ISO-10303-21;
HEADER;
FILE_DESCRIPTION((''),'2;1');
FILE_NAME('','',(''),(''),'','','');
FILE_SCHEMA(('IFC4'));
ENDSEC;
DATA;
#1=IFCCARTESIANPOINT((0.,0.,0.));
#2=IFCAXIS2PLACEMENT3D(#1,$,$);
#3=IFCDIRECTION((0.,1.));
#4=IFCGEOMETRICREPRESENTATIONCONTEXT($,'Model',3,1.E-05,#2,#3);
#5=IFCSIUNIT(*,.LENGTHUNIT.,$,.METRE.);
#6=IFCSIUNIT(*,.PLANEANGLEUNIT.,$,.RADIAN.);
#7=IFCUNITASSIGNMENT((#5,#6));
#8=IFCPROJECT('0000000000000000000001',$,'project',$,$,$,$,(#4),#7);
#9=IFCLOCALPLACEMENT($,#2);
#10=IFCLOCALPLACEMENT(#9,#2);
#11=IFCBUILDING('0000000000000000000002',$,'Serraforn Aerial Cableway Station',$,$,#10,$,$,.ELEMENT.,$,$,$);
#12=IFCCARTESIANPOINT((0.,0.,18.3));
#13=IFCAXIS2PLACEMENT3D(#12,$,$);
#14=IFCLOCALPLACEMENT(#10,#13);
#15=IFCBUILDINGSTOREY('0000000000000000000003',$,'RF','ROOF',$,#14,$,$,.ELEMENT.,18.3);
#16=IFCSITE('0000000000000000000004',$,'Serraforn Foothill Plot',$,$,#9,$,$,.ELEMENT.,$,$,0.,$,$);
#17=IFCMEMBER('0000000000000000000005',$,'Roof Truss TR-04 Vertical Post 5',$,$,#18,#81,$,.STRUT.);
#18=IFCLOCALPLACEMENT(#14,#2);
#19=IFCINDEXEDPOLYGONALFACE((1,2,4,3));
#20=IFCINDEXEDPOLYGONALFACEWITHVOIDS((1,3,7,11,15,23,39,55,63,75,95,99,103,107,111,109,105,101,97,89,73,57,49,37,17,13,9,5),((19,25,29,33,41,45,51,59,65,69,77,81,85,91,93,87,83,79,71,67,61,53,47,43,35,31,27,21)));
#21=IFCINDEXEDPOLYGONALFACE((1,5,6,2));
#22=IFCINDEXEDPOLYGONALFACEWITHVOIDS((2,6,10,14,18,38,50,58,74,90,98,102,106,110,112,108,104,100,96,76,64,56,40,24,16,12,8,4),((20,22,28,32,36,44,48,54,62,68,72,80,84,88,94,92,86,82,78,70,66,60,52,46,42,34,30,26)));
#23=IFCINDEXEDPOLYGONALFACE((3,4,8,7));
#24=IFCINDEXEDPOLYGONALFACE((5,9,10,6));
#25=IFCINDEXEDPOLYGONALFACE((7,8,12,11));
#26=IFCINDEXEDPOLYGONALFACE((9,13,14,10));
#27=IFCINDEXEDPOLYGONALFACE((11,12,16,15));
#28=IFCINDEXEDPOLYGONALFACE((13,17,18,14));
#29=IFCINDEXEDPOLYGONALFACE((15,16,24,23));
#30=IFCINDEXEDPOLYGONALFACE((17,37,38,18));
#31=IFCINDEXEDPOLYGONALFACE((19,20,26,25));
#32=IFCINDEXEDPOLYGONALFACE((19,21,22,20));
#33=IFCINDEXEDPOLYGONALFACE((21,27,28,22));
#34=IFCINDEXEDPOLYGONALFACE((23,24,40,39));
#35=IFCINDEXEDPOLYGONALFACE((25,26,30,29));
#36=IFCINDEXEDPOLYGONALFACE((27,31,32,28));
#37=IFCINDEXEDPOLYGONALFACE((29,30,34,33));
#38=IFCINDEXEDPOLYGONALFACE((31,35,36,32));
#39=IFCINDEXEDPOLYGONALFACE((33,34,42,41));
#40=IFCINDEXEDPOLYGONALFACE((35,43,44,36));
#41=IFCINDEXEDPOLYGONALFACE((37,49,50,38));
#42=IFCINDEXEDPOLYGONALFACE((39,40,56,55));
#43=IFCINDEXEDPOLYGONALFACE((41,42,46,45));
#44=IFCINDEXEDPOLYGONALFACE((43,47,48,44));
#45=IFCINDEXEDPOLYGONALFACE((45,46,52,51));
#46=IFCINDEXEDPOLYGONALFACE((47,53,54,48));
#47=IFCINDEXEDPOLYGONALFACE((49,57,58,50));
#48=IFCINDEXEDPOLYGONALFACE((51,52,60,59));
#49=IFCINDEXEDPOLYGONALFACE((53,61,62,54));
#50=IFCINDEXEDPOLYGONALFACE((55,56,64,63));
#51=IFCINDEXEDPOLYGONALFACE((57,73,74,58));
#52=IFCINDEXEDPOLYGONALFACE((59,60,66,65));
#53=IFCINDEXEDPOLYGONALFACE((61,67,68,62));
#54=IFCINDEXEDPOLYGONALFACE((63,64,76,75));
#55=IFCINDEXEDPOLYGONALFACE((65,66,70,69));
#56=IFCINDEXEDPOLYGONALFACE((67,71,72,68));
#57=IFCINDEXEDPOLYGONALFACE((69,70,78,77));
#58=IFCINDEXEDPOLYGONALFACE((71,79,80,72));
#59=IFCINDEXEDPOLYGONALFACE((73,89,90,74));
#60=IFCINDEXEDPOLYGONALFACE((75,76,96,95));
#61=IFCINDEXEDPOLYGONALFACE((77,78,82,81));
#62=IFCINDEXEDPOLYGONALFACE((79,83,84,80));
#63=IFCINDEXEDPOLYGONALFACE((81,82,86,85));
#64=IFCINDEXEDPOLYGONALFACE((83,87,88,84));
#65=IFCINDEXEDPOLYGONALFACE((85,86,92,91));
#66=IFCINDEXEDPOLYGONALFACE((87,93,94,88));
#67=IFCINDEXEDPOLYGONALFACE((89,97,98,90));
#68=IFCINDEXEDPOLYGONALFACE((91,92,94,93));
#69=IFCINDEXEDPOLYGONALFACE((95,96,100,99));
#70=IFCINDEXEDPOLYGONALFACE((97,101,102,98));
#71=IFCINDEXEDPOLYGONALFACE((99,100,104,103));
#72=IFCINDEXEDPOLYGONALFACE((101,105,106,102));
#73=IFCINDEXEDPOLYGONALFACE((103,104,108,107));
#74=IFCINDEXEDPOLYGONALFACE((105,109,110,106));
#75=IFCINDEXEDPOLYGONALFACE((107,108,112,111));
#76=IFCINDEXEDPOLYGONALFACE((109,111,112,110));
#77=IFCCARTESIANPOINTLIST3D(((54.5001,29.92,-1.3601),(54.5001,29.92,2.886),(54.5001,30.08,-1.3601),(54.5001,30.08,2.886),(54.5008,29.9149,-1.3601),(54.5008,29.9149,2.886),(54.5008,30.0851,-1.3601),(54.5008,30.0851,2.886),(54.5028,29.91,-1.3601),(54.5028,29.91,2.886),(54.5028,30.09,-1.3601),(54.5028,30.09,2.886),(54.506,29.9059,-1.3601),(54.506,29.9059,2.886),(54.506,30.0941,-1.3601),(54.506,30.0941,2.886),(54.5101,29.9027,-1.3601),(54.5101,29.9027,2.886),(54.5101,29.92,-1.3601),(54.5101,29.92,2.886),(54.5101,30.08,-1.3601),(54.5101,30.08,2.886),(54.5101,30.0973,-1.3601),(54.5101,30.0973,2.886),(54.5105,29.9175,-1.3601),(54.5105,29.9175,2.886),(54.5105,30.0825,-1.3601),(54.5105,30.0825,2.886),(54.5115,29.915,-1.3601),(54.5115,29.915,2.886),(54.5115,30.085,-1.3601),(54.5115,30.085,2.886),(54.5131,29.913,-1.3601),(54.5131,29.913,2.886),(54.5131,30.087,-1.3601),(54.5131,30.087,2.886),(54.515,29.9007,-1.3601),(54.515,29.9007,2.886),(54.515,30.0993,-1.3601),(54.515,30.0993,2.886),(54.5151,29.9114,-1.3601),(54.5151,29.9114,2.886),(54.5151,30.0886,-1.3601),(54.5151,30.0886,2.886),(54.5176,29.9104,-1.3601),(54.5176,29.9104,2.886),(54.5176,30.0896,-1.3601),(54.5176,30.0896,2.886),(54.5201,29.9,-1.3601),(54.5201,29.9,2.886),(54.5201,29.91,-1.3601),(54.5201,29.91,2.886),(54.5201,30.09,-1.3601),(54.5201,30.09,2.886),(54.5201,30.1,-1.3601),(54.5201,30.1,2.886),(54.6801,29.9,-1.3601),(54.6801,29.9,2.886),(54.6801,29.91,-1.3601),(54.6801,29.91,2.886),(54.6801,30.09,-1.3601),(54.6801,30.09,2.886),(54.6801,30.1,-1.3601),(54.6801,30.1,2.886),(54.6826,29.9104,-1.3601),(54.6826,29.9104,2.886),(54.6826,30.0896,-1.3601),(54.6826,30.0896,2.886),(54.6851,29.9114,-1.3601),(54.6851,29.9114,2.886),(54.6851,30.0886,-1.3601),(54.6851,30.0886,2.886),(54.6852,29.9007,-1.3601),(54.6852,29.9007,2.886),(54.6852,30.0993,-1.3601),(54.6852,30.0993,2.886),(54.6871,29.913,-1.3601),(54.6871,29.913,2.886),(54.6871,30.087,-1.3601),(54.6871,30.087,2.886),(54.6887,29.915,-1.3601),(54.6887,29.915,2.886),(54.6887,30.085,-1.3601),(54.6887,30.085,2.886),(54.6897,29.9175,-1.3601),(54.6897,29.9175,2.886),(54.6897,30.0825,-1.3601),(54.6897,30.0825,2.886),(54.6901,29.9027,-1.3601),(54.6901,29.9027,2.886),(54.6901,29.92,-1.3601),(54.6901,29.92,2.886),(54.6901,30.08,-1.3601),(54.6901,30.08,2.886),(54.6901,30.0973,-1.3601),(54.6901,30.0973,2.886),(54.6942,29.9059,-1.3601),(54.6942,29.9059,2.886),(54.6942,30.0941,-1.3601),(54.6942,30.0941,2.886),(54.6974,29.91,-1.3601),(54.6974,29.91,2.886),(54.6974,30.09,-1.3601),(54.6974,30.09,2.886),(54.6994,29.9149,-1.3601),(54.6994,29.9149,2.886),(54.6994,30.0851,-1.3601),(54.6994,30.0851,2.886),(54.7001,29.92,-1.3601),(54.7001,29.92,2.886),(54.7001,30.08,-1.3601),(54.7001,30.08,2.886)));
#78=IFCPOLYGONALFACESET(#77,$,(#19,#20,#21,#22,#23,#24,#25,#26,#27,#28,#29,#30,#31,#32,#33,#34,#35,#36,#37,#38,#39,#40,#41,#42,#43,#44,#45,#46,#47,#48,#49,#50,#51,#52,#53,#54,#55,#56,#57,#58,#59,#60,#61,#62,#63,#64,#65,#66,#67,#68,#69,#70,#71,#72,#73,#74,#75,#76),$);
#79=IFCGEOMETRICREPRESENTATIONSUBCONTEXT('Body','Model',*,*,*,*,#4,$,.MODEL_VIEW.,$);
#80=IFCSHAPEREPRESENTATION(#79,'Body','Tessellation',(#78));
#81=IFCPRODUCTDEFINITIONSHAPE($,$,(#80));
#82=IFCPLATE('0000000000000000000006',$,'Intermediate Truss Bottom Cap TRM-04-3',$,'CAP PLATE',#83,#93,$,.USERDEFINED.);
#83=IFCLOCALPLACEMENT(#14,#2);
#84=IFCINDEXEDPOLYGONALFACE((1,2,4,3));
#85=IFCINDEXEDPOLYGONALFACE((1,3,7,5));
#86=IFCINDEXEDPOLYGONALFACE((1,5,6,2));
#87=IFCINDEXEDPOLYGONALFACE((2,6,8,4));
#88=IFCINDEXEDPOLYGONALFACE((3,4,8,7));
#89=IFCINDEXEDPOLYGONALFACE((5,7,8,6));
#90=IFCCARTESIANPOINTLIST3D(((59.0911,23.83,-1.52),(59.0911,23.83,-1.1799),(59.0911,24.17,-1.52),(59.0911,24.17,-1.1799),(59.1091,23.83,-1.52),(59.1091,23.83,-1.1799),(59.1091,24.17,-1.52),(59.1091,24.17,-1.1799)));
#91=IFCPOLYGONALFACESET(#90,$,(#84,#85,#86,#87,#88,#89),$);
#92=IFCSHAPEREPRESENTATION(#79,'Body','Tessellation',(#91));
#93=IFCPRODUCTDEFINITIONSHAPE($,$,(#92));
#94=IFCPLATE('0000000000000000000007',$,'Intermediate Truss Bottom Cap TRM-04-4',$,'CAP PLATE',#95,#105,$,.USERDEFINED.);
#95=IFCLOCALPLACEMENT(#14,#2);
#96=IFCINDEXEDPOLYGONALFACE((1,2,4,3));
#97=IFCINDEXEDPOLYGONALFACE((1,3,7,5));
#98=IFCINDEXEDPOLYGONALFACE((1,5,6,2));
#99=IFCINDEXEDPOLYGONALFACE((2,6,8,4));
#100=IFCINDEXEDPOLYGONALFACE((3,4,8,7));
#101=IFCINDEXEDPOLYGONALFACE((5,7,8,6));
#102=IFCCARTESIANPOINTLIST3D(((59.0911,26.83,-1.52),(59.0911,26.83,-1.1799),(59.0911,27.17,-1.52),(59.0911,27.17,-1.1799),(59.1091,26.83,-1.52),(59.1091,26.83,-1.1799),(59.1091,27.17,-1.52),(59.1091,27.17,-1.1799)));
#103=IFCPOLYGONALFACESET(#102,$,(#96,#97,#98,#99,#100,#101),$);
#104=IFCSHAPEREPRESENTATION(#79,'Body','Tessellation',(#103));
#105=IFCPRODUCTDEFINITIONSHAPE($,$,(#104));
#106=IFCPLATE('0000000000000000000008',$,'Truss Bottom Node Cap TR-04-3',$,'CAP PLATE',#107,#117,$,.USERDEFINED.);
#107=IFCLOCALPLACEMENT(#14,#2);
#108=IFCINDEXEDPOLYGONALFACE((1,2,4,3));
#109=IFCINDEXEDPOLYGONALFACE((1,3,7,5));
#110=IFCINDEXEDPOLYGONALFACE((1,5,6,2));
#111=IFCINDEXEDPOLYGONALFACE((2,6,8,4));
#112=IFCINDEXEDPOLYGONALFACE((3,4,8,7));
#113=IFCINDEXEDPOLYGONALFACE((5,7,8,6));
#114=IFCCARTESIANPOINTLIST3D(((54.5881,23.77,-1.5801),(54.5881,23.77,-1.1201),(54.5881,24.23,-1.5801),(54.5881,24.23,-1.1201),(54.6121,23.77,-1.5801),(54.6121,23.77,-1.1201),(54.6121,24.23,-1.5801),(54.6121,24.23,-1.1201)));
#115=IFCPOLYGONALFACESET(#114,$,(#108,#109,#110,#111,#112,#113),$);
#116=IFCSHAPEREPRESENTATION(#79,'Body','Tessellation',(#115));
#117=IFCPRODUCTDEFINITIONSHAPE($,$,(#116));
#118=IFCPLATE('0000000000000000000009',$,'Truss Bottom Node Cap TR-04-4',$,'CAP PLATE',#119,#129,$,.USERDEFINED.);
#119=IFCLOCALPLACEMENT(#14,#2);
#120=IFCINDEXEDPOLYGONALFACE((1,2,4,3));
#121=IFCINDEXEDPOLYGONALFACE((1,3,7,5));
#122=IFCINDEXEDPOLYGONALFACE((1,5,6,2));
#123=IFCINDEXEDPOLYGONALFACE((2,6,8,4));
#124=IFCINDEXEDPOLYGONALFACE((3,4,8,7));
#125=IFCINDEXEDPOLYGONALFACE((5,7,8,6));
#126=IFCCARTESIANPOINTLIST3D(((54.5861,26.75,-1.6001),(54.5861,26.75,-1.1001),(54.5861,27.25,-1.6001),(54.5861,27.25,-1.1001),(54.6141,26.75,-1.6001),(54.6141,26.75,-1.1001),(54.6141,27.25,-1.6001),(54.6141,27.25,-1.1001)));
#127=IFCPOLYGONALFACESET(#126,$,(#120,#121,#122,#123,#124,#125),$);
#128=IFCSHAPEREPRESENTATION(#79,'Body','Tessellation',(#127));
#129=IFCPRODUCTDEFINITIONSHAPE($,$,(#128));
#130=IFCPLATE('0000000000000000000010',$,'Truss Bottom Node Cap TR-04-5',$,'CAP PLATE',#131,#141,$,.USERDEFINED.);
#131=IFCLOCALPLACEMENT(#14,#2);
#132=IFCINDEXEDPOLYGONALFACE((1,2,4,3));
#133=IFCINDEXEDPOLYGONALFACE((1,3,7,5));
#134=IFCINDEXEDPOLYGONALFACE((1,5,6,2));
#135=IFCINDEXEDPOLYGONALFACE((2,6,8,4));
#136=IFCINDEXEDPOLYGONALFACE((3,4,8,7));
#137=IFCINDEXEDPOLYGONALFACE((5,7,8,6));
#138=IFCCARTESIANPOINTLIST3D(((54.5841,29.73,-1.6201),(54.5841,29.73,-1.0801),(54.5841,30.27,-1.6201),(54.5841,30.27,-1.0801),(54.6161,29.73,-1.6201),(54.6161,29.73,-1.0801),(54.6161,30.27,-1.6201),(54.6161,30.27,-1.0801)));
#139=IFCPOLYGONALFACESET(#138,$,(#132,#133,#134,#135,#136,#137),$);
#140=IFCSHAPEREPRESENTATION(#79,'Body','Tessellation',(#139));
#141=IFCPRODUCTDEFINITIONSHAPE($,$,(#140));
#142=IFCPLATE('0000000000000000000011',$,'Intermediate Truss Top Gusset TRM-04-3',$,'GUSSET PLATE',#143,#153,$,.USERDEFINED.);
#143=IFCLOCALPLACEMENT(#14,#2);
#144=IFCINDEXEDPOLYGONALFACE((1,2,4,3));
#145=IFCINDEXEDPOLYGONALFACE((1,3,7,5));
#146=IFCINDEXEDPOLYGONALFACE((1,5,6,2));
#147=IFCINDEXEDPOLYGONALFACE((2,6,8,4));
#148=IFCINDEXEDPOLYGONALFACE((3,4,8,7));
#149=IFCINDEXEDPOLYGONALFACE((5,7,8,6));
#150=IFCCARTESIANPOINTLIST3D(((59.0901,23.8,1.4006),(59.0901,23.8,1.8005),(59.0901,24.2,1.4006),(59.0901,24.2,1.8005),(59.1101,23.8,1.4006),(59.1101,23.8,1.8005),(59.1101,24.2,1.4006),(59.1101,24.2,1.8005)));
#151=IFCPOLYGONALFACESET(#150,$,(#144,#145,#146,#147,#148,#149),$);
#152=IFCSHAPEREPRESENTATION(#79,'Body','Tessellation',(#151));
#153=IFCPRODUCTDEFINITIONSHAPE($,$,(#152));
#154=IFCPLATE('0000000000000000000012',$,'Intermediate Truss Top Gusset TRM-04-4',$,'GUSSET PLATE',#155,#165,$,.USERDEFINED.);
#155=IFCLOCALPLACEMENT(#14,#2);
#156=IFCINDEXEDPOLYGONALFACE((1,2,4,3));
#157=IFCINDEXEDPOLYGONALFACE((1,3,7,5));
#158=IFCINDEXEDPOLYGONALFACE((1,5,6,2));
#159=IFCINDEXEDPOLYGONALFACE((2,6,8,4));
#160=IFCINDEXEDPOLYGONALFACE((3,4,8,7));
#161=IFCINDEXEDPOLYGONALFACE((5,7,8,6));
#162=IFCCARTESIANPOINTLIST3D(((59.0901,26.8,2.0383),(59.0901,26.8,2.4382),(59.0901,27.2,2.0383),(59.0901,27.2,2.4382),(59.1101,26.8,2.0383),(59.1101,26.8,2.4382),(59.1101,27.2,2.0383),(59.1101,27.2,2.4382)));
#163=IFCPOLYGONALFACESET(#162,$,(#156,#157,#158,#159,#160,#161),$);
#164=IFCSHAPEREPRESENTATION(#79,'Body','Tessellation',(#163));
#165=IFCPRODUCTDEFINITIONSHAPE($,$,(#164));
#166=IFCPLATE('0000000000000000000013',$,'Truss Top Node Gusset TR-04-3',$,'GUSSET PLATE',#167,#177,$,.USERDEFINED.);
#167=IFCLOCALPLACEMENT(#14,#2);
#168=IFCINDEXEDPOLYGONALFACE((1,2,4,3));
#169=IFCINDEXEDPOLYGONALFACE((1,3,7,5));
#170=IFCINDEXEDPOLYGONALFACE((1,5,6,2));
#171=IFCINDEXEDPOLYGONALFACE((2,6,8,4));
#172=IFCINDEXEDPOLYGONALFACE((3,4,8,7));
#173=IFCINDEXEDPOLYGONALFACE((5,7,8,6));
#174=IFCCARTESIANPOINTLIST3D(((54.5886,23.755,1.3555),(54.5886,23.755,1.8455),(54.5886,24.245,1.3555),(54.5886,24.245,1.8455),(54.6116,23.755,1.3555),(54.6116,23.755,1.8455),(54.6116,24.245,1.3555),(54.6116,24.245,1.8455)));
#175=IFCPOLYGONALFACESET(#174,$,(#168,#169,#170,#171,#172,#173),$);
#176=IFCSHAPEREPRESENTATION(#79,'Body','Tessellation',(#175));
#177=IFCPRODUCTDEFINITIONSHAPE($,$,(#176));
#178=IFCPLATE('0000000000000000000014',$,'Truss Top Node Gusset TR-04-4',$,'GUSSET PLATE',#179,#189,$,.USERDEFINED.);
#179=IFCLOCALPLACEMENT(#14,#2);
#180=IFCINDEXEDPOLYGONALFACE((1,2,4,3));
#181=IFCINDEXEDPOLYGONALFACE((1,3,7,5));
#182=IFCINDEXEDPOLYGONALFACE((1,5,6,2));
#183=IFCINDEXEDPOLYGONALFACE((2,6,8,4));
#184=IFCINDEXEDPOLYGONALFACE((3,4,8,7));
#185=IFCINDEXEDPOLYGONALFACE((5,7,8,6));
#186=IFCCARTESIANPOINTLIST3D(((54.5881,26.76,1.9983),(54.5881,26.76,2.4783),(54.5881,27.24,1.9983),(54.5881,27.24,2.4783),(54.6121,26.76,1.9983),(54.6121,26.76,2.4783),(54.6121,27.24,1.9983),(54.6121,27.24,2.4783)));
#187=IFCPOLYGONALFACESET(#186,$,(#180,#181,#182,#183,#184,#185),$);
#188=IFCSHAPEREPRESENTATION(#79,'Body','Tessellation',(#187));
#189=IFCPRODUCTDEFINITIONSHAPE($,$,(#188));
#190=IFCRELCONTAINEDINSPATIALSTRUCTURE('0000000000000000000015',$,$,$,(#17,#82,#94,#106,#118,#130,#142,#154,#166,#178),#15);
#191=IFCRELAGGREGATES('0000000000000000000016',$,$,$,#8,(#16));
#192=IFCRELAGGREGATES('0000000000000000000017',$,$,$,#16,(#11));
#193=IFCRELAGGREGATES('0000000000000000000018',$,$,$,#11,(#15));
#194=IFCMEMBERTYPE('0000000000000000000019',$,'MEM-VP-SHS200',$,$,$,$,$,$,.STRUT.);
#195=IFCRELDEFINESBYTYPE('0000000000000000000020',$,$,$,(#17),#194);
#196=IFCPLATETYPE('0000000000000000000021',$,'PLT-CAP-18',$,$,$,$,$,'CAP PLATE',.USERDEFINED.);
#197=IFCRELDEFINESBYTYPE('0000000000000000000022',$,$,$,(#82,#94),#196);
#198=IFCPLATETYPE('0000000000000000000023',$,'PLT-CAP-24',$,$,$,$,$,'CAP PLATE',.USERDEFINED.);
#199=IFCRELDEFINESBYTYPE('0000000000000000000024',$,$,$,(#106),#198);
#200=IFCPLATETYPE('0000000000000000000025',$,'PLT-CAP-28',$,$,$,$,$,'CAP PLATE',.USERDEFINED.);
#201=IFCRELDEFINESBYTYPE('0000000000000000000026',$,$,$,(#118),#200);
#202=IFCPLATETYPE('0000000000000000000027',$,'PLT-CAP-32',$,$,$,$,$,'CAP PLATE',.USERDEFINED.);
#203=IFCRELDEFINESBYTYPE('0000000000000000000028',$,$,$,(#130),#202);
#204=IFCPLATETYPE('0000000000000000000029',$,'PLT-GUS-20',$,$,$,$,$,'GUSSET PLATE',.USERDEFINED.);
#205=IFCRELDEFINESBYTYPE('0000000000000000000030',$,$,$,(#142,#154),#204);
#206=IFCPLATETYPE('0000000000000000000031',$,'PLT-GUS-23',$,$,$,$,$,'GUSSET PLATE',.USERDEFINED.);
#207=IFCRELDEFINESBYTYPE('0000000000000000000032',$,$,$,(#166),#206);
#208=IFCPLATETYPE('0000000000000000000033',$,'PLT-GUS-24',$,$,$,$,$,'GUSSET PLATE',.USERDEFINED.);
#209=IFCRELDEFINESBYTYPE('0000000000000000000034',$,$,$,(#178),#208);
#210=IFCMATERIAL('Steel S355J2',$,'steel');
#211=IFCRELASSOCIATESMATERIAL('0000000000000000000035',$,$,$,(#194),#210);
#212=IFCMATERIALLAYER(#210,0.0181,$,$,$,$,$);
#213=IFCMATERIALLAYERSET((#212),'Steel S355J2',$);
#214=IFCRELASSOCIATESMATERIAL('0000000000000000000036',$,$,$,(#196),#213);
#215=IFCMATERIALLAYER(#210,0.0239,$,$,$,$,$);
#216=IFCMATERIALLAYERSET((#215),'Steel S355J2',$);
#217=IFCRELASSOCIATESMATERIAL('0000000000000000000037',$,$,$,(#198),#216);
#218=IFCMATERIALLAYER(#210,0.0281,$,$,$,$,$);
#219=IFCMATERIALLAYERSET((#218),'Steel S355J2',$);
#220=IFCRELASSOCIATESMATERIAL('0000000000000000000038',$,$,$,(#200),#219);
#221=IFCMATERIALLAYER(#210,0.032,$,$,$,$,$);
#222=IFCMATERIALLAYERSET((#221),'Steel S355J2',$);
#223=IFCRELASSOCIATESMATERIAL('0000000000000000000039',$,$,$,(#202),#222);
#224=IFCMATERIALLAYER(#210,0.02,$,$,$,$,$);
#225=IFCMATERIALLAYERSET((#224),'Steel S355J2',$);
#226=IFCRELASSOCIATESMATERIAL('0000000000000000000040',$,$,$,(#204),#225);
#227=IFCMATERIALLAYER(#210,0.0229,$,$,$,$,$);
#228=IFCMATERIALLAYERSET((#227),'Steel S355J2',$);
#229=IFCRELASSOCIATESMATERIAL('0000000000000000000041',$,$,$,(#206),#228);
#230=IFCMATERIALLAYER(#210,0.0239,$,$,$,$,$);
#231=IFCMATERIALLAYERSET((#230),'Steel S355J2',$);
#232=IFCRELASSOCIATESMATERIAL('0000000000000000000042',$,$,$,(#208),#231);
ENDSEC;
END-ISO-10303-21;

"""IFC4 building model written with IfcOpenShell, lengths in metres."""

from ifc_helpers import new_model, si_unit, direction, frame, origin, origin_2d, place, context, subcontext, project, spatial, rectangle, hollow_rectangle, extrude, material, layer, layer_set, material_profile, profile_set, type_object, element, save


model = new_model("IFC4")

# Units and contexts
model_context = context("Model", 3, precision=1e-05, world=origin(), true_north=direction((0.0, 1.0)))
body_context = subcontext(model_context, "Body", "Model", "MODEL_VIEW")
ifc_project = project(units=[si_unit("LENGTHUNIT", "METRE"), si_unit("PLANEANGLEUNIT", "RADIAN")], contexts=[model_context])

# Site, building, storey
site_placement = place(None, origin())
site = spatial("IfcSite", under=ifc_project, at=site_placement, Name="Serraforn Foothill Plot", CompositionType="ELEMENT", RefElevation=0.0)
building_placement = place(site_placement, origin())
building = spatial("IfcBuilding", under=site, at=building_placement, Name="Serraforn Aerial Cableway Station", CompositionType="ELEMENT")
storey_placement = place(building_placement, frame((0.0, 0.0, 18.3)))
storey = spatial("IfcBuildingStorey", under=building, at=storey_placement, Name="RF", Description="ROOF", CompositionType="ELEMENT", Elevation=18.3)

# Member
ifc_material_1 = material(Name="Steel S355J2", Category="steel")
ifc_material_profile_1 = material_profile(ifc_material_1, hollow_rectangle(XDim=0.2, YDim=0.2, WallThickness=0.01, InnerFilletRadius=0.01, OuterFilletRadius=0.02, at=origin_2d()), Name="SHS 200x200x10.0")
ifc_profile_set_1 = profile_set([ifc_material_profile_1], Name="Steel S355J2")
member_type_1 = type_object("IfcMemberType", Name="MEM-VP-SHS200", PredefinedType="STRUT", material=ifc_profile_set_1)
member_1_placement = place(storey_placement, frame((54.6001, 30.0, -1.3601), z_axis=(0.0, 0.0, 1.0), x_axis=(1.0, 0.0, 0.0)))
element("IfcMember", 1, at=member_1_placement, inside=storey, type_object=member_type_1, Name="Roof Truss TR-04 Vertical Post 5", PredefinedType="STRUT", context=body_context, shape_type="SweptSolid", body=[
    extrude(hollow_rectangle(XDim=0.2, YDim=0.2, WallThickness=0.01, InnerFilletRadius=0.01, OuterFilletRadius=0.02, at=origin_2d()), origin(), (0.0, 0.0, 1.0), 4.2461),
])

# Plates
ifc_layer_1 = layer(ifc_material_1, 0.0181)
ifc_layer_set_1 = layer_set([ifc_layer_1], Name="Steel S355J2")
plate_type_1 = type_object("IfcPlateType", Name="PLT-CAP-18", ElementType="CAP PLATE", PredefinedType="USERDEFINED", material=ifc_layer_set_1)
for number, where, z_axis, x_axis, name in (
    (2, (59.1001, 24.0, -1.52), (0.0, 0.0, 1.0), (1.0, 0.0, 0.0), "Intermediate Truss Bottom Cap TRM-04-3"),
    (3, (59.1001, 27.0, -1.52), (0.0, 0.0, 1.0), (1.0, 0.0, 0.0), "Intermediate Truss Bottom Cap TRM-04-4"),
):
    element("IfcPlate", number, at=place(storey_placement, frame(where, z_axis=z_axis, x_axis=x_axis)), inside=storey, type_object=plate_type_1, Name=name, ObjectType="CAP PLATE", PredefinedType="USERDEFINED", context=body_context, shape_type="SweptSolid", body=[
        extrude(rectangle(XDim=0.0181, YDim=0.3401, at=origin_2d()), origin(), (0.0, 0.0, 1.0), 0.3401),
    ])
ifc_layer_2 = layer(ifc_material_1, 0.0239)
ifc_layer_set_2 = layer_set([ifc_layer_2], Name="Steel S355J2")
plate_type_2 = type_object("IfcPlateType", Name="PLT-CAP-24", ElementType="CAP PLATE", PredefinedType="USERDEFINED", material=ifc_layer_set_2)
plate_1_placement = place(storey_placement, frame((54.6001, 24.0, -1.5801), z_axis=(0.0, 0.0, 1.0), x_axis=(1.0, 0.0, 0.0)))
element("IfcPlate", 4, at=plate_1_placement, inside=storey, type_object=plate_type_2, Name="Truss Bottom Node Cap TR-04-3", ObjectType="CAP PLATE", PredefinedType="USERDEFINED", context=body_context, shape_type="SweptSolid", body=[
    extrude(rectangle(XDim=0.0239, YDim=0.46, at=origin_2d()), origin(), (0.0, 0.0, 1.0), 0.46),
])
ifc_layer_3 = layer(ifc_material_1, 0.0281)
ifc_layer_set_3 = layer_set([ifc_layer_3], Name="Steel S355J2")
plate_type_3 = type_object("IfcPlateType", Name="PLT-CAP-28", ElementType="CAP PLATE", PredefinedType="USERDEFINED", material=ifc_layer_set_3)
plate_2_placement = place(storey_placement, frame((54.6001, 27.0, -1.6001), z_axis=(0.0, 0.0, 1.0), x_axis=(1.0, 0.0, 0.0)))
element("IfcPlate", 5, at=plate_2_placement, inside=storey, type_object=plate_type_3, Name="Truss Bottom Node Cap TR-04-4", ObjectType="CAP PLATE", PredefinedType="USERDEFINED", context=body_context, shape_type="SweptSolid", body=[
    extrude(rectangle(XDim=0.0281, YDim=0.5, at=origin_2d()), origin(), (0.0, 0.0, 1.0), 0.5),
])
ifc_layer_4 = layer(ifc_material_1, 0.032)
ifc_layer_set_4 = layer_set([ifc_layer_4], Name="Steel S355J2")
plate_type_4 = type_object("IfcPlateType", Name="PLT-CAP-32", ElementType="CAP PLATE", PredefinedType="USERDEFINED", material=ifc_layer_set_4)
plate_3_placement = place(storey_placement, frame((54.6001, 30.0, -1.6201), z_axis=(0.0, 0.0, 1.0), x_axis=(1.0, 0.0, 0.0)))
element("IfcPlate", 6, at=plate_3_placement, inside=storey, type_object=plate_type_4, Name="Truss Bottom Node Cap TR-04-5", ObjectType="CAP PLATE", PredefinedType="USERDEFINED", context=body_context, shape_type="SweptSolid", body=[
    extrude(rectangle(XDim=0.032, YDim=0.54, at=origin_2d()), origin(), (0.0, 0.0, 1.0), 0.54),
])
ifc_layer_5 = layer(ifc_material_1, 0.02)
ifc_layer_set_5 = layer_set([ifc_layer_5], Name="Steel S355J2")
plate_type_5 = type_object("IfcPlateType", Name="PLT-GUS-20", ElementType="GUSSET PLATE", PredefinedType="USERDEFINED", material=ifc_layer_set_5)
for number, where, z_axis, x_axis, name in (
    (7, (59.1001, 24.0, 1.4006), (0.0, 0.0, 1.0), (1.0, 0.0, 0.0), "Intermediate Truss Top Gusset TRM-04-3"),
    (8, (59.1001, 27.0, 2.0383), (0.0, 0.0, 1.0), (1.0, 0.0, 0.0), "Intermediate Truss Top Gusset TRM-04-4"),
):
    element("IfcPlate", number, at=place(storey_placement, frame(where, z_axis=z_axis, x_axis=x_axis)), inside=storey, type_object=plate_type_5, Name=name, ObjectType="GUSSET PLATE", PredefinedType="USERDEFINED", context=body_context, shape_type="SweptSolid", body=[
        extrude(rectangle(XDim=0.02, YDim=0.3999, at=origin_2d()), origin(), (0.0, 0.0, 1.0), 0.3999),
    ])
ifc_layer_6 = layer(ifc_material_1, 0.0229)
ifc_layer_set_6 = layer_set([ifc_layer_6], Name="Steel S355J2")
plate_type_6 = type_object("IfcPlateType", Name="PLT-GUS-23", ElementType="GUSSET PLATE", PredefinedType="USERDEFINED", material=ifc_layer_set_6)
plate_4_placement = place(storey_placement, frame((54.6001, 24.0, 1.3555), z_axis=(0.0, 0.0, 1.0), x_axis=(1.0, 0.0, 0.0)))
element("IfcPlate", 9, at=plate_4_placement, inside=storey, type_object=plate_type_6, Name="Truss Top Node Gusset TR-04-3", ObjectType="GUSSET PLATE", PredefinedType="USERDEFINED", context=body_context, shape_type="SweptSolid", body=[
    extrude(rectangle(XDim=0.0229, YDim=0.49, at=origin_2d()), origin(), (0.0, 0.0, 1.0), 0.49),
])
ifc_layer_7 = layer(ifc_material_1, 0.0239)
ifc_layer_set_7 = layer_set([ifc_layer_7], Name="Steel S355J2")
plate_type_7 = type_object("IfcPlateType", Name="PLT-GUS-24", ElementType="GUSSET PLATE", PredefinedType="USERDEFINED", material=ifc_layer_set_7)
plate_5_placement = place(storey_placement, frame((54.6001, 27.0, 1.9983), z_axis=(0.0, 0.0, 1.0), x_axis=(1.0, 0.0, 0.0)))
element("IfcPlate", 10, at=plate_5_placement, inside=storey, type_object=plate_type_7, Name="Truss Top Node Gusset TR-04-4", ObjectType="GUSSET PLATE", PredefinedType="USERDEFINED", context=body_context, shape_type="SweptSolid", body=[
    extrude(rectangle(XDim=0.0239, YDim=0.48, at=origin_2d()), origin(), (0.0, 0.0, 1.0), 0.48),
])

save(model, "model.ifc")
